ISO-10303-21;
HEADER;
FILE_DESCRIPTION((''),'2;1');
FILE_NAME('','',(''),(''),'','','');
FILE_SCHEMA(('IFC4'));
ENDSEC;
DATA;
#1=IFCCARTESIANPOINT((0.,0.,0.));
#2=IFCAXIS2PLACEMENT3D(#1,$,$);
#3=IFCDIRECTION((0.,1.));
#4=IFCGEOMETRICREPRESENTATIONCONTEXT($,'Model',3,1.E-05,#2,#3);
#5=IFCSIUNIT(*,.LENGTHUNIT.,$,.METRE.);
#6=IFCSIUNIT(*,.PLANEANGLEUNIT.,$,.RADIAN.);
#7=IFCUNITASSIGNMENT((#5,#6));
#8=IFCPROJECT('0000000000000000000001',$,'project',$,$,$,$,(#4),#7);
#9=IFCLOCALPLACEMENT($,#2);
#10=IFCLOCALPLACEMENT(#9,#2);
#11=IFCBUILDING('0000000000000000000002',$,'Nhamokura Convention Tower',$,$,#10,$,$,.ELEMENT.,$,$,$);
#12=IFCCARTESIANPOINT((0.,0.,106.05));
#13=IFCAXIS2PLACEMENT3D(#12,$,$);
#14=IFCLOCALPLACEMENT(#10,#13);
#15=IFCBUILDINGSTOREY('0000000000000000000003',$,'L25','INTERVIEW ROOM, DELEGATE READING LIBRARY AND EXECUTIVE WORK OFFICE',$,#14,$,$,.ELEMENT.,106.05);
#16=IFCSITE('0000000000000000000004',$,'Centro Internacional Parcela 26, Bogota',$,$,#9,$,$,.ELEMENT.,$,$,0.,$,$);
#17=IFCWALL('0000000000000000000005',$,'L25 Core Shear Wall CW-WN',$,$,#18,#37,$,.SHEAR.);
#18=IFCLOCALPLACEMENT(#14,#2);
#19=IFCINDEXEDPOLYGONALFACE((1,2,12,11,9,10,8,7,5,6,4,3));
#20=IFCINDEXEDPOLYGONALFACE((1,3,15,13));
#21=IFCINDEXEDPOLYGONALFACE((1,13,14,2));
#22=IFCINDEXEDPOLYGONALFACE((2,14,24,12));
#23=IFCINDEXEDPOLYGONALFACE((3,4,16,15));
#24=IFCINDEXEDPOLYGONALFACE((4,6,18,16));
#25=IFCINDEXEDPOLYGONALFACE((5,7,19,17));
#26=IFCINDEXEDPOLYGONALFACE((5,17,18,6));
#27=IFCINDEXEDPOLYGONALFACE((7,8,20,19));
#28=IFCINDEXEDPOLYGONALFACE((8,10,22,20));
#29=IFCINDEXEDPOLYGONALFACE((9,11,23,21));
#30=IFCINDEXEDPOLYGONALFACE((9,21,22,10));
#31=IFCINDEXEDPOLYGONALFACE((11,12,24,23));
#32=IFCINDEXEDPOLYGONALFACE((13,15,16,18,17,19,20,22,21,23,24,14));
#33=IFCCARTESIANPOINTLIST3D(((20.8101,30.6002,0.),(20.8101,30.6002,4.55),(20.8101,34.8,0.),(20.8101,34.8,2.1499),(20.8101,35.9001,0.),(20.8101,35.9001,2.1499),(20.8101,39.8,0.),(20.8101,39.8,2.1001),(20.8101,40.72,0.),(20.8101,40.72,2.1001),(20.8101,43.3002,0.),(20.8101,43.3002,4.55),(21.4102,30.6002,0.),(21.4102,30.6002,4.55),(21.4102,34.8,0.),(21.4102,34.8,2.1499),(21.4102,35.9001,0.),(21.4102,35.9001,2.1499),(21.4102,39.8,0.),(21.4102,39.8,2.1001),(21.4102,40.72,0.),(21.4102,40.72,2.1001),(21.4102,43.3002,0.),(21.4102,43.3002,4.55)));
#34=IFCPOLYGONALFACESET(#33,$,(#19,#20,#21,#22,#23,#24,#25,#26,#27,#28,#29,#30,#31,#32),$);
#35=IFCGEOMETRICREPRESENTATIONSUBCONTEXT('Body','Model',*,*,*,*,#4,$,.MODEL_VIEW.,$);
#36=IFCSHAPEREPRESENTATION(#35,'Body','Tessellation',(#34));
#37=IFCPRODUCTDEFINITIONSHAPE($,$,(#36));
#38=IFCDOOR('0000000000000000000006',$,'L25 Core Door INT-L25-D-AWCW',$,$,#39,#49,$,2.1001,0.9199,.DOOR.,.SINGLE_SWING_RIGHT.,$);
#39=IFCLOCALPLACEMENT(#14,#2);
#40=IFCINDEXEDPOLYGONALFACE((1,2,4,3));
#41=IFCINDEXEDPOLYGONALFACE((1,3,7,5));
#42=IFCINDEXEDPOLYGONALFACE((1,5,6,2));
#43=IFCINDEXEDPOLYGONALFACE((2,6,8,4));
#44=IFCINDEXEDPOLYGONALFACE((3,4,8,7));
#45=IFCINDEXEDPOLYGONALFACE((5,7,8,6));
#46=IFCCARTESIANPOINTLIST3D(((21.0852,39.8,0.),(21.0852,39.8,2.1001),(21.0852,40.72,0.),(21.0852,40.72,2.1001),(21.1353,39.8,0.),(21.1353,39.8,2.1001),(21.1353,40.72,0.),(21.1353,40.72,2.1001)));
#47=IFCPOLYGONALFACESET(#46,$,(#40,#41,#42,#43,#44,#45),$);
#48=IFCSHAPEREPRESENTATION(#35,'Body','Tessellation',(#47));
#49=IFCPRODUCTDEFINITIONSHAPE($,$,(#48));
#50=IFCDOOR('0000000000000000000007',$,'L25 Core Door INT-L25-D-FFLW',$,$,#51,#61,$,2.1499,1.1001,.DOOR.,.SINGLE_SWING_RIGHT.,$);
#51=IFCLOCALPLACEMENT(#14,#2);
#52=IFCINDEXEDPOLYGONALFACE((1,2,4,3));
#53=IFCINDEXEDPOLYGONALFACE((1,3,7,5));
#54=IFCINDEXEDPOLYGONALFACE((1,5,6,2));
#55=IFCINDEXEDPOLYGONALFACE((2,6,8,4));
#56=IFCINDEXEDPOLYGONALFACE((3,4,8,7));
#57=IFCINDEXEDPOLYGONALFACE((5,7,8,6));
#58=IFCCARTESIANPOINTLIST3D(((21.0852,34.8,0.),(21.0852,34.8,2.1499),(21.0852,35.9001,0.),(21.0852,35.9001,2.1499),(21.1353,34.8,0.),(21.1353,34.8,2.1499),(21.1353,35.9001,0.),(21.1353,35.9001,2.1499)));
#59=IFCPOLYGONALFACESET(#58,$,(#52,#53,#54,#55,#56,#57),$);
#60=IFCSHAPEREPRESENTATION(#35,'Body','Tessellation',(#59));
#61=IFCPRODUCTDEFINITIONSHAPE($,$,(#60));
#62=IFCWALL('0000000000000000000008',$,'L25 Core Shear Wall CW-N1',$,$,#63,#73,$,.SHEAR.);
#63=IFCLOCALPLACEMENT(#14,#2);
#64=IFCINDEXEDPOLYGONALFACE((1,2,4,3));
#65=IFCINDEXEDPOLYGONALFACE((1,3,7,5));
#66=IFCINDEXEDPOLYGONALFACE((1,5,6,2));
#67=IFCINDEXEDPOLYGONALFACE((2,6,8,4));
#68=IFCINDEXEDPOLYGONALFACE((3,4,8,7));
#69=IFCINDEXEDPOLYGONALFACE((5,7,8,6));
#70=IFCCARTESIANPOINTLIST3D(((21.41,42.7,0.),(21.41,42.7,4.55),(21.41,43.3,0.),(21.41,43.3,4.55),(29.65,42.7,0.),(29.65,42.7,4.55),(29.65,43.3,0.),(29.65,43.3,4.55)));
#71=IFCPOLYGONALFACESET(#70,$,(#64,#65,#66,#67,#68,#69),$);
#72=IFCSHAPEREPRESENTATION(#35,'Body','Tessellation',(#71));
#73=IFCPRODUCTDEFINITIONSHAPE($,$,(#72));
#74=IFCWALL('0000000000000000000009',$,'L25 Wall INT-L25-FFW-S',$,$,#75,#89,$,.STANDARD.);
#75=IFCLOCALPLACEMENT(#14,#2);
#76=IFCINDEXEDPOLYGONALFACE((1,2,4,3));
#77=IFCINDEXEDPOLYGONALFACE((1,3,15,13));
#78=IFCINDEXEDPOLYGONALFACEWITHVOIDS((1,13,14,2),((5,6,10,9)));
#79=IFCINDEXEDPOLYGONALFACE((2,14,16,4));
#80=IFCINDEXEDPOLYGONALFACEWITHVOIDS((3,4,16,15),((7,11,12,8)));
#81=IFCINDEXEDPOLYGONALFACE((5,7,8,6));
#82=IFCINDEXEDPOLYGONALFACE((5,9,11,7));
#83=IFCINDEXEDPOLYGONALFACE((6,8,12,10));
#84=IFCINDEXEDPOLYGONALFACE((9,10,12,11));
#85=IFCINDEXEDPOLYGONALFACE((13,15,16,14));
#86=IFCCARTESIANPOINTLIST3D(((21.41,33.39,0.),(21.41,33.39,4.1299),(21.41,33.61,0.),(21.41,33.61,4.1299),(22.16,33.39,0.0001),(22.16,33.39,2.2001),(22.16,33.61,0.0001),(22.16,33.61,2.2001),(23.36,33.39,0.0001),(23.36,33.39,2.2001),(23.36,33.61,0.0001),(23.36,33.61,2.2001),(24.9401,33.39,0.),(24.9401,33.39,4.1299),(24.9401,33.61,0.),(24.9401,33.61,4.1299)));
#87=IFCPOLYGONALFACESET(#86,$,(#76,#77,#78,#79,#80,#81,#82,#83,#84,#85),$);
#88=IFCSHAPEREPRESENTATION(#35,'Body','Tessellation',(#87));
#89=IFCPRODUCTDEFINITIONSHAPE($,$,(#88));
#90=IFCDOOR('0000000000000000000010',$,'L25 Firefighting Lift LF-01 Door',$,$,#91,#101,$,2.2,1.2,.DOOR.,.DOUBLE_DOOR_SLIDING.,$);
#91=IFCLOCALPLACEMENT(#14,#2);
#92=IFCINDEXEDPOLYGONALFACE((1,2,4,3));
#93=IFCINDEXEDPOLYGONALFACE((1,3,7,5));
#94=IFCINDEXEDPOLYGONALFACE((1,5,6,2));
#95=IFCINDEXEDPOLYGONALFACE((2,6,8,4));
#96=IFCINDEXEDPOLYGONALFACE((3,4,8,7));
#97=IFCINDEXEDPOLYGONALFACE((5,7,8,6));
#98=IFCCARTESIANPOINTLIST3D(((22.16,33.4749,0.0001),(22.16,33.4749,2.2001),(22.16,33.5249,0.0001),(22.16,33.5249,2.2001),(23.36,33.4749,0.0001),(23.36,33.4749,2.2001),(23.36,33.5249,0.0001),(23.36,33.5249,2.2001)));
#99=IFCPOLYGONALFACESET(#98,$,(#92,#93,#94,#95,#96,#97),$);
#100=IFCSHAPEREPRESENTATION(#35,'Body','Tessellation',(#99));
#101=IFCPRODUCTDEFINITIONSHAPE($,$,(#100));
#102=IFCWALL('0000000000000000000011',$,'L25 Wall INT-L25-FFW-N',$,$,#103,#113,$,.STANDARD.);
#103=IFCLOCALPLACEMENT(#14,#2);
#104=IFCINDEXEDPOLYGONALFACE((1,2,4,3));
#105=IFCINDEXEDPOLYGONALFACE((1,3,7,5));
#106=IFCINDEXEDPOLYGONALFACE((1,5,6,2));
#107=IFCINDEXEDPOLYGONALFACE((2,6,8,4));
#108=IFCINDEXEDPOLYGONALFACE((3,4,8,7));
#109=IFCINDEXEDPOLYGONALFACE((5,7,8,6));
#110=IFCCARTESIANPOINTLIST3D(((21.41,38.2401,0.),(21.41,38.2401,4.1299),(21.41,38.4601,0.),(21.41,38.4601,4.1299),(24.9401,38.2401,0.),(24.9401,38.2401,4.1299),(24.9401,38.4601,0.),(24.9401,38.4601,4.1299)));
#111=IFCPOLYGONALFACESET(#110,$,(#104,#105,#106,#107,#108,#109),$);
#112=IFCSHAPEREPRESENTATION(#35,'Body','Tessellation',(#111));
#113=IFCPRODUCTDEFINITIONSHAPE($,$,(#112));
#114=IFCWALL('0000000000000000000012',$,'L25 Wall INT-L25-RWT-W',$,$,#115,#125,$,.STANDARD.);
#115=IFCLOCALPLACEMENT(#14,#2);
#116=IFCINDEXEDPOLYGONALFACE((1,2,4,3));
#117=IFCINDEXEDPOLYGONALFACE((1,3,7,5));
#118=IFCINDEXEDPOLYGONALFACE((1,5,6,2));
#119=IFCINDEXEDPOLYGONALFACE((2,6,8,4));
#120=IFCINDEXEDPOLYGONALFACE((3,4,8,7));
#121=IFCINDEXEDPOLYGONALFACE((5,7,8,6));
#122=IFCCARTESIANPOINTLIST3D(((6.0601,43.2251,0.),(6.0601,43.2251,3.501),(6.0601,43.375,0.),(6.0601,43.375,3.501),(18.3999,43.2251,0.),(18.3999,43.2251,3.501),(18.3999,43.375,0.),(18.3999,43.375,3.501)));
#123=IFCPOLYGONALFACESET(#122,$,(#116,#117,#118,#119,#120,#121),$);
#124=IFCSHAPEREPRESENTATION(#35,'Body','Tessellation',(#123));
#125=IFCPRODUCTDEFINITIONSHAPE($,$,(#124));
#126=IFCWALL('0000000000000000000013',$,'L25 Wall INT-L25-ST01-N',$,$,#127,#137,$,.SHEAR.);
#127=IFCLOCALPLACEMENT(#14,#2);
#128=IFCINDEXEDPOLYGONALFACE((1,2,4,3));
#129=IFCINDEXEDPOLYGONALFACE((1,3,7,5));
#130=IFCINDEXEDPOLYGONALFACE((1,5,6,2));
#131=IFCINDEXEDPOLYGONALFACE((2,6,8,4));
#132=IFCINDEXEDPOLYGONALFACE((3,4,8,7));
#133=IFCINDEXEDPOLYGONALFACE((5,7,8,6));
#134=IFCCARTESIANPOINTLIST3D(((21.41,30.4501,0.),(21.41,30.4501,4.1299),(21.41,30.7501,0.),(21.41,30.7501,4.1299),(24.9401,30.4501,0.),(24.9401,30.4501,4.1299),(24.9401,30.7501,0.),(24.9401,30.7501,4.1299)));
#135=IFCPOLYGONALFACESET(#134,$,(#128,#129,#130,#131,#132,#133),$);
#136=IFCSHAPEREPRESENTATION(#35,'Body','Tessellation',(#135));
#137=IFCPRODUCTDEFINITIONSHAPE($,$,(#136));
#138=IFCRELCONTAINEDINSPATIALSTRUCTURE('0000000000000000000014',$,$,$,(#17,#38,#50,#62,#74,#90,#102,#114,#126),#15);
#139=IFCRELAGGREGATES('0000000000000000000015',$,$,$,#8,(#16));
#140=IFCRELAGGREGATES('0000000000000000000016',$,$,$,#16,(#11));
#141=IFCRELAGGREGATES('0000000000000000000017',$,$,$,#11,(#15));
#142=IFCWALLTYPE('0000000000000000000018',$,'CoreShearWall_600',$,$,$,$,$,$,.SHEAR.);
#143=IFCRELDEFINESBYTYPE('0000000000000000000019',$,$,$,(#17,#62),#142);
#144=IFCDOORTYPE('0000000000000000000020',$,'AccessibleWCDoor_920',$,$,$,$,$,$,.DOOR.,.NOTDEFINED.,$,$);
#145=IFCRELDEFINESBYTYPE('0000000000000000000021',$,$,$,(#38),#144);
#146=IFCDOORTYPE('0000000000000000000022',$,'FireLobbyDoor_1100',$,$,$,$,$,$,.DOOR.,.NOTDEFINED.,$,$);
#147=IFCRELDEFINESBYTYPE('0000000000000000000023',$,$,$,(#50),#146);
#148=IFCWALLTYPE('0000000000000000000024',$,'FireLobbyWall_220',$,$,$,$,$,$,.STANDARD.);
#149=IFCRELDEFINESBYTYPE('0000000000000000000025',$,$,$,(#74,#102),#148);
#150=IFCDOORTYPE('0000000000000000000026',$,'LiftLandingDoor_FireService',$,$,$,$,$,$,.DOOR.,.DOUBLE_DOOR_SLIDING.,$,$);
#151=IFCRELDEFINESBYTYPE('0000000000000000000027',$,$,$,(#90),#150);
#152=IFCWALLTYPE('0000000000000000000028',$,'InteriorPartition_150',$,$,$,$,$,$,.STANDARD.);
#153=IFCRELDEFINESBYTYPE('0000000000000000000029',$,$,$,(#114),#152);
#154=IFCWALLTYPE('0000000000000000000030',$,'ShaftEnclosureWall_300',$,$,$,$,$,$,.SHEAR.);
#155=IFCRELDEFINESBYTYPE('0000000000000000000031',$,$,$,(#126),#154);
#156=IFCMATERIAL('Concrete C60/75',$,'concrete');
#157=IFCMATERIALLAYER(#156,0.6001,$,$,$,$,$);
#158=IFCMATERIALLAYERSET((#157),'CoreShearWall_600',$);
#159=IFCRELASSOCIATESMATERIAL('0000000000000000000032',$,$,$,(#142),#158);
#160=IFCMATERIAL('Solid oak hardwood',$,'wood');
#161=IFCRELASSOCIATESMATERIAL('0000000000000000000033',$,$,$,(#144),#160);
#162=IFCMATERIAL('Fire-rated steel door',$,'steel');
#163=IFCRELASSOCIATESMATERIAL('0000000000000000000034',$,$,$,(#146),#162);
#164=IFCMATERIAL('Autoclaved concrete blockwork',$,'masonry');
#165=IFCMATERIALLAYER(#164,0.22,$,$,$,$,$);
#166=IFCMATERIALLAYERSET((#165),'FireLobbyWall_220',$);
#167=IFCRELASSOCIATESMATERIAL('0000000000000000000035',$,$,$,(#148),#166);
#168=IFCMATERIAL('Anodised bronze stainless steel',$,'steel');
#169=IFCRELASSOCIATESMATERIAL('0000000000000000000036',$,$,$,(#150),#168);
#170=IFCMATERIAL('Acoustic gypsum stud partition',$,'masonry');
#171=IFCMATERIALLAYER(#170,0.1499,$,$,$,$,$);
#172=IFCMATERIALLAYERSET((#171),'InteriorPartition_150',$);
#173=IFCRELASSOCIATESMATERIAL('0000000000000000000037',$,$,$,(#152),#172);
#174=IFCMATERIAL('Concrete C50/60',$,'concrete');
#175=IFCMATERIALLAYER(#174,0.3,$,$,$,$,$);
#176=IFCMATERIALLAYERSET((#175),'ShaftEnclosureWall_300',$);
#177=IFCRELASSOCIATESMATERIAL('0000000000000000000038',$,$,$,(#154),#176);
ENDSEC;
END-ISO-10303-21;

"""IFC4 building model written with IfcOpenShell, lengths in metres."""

from ifc_helpers import new_model, si_unit, direction, frame, frame_2d, origin, place, context, subcontext, project, spatial, rectangle, extrude, material, layer, layer_set, type_object, element, fill, save


model = new_model("IFC4")

# Units and contexts
model_context = context("Model", 3, precision=1e-05, world=origin(), true_north=direction((0.0, 1.0)))
body_context = subcontext(model_context, "Body", "Model", "MODEL_VIEW")
ifc_project = project(units=[si_unit("LENGTHUNIT", "METRE"), si_unit("PLANEANGLEUNIT", "RADIAN")], contexts=[model_context])

# Site, building, storey
site_placement = place(None, origin())
site = spatial("IfcSite", under=ifc_project, at=site_placement, Name="Centro Internacional Parcela 26, Bogota", CompositionType="ELEMENT", RefElevation=0.0)
building_placement = place(site_placement, origin())
building = spatial("IfcBuilding", under=site, at=building_placement, Name="Nhamokura Convention Tower", CompositionType="ELEMENT")
storey_placement = place(building_placement, frame((0.0, 0.0, 106.05)))
storey = spatial("IfcBuildingStorey", under=building, at=storey_placement, Name="L25", Description="INTERVIEW ROOM, DELEGATE READING LIBRARY AND EXECUTIVE WORK OFFICE", CompositionType="ELEMENT", Elevation=106.05)

# Wall, openings, doors
ifc_material_1 = material(Name="Concrete C60/75", Category="concrete")
ifc_layer_1 = layer(ifc_material_1, 0.6001)
ifc_layer_set_1 = layer_set([ifc_layer_1], Name="CoreShearWall_600")
wall_type_1 = type_object("IfcWallType", Name="CoreShearWall_600", PredefinedType="SHEAR", material=ifc_layer_set_1)
wall_1_placement = place(storey_placement, frame((21.1101, 30.6001, 0.0), z_axis=(0.0, 0.0, 1.0), x_axis=(0.0, 1.0, 0.0)))
wall_1 = element("IfcWall", 1, at=wall_1_placement, inside=storey, type_object=wall_type_1, Name="L25 Core Shear Wall CW-WN", PredefinedType="SHEAR", context=body_context, shape_type="SweptSolid", body=[
    extrude(rectangle(XDim=12.7, YDim=0.6001, at=frame_2d((6.3501, 0.0))), origin(), (0.0, 0.0, 1.0), 4.55),
])
opening_1_placement = place(wall_1_placement, frame((4.2, 0.0, 0.0)))
opening_1 = element("IfcOpeningElement", 2, at=opening_1_placement, cuts=wall_1, PredefinedType="OPENING", context=body_context, shape_type="SweptSolid", body=[
    extrude(rectangle(XDim=1.1001, YDim=2.1499, at=frame_2d((0.55, 1.075))), frame((0.0, 0.3101, 0.0), z_axis=(0.0, -1.0, 0.0), x_axis=(1.0, 0.0, 0.0)), (0.0, 0.0, 1.0), 0.6201),
])
opening_2_placement = place(wall_1_placement, frame((9.2, 0.0, 0.0)))
opening_2 = element("IfcOpeningElement", 3, at=opening_2_placement, cuts=wall_1, PredefinedType="OPENING", context=body_context, shape_type="SweptSolid", body=[
    extrude(rectangle(XDim=0.9199, YDim=2.1001, at=frame_2d((0.46, 1.05))), frame((0.0, 0.3101, 0.0), z_axis=(0.0, -1.0, 0.0), x_axis=(1.0, 0.0, 0.0)), (0.0, 0.0, 1.0), 0.6201),
])
ifc_material_2 = material(Name="Solid oak hardwood", Category="wood")
door_type_1 = type_object("IfcDoorType", Name="AccessibleWCDoor_920", OperationType="NOTDEFINED", PredefinedType="DOOR", material=ifc_material_2)
door_1_placement = place(opening_2_placement, origin())
door_1 = element("IfcDoor", 4, at=door_1_placement, inside=storey, type_object=door_type_1, Name="L25 Core Door INT-L25-D-AWCW", OperationType="SINGLE_SWING_RIGHT", OverallHeight=2.1001, OverallWidth=0.9199, PredefinedType="DOOR", context=body_context, shape_type="SweptSolid", body=[
    extrude(rectangle(XDim=0.9199, YDim=2.1001, at=frame_2d((0.46, 1.05))), frame((0.0, 0.0249, 0.0), z_axis=(0.0, -1.0, 0.0), x_axis=(1.0, 0.0, 0.0)), (0.0, 0.0, 1.0), 0.05),
])
fill(opening_2, door_1)
ifc_material_3 = material(Name="Fire-rated steel door", Category="steel")
door_type_2 = type_object("IfcDoorType", Name="FireLobbyDoor_1100", OperationType="NOTDEFINED", PredefinedType="DOOR", material=ifc_material_3)
door_2_placement = place(opening_1_placement, origin())
door_2 = element("IfcDoor", 5, at=door_2_placement, inside=storey, type_object=door_type_2, Name="L25 Core Door INT-L25-D-FFLW", OperationType="SINGLE_SWING_RIGHT", OverallHeight=2.1499, OverallWidth=1.1001, PredefinedType="DOOR", context=body_context, shape_type="SweptSolid", body=[
    extrude(rectangle(XDim=1.1001, YDim=2.1499, at=frame_2d((0.55, 1.075))), frame((0.0, 0.0249, 0.0), z_axis=(0.0, -1.0, 0.0), x_axis=(1.0, 0.0, 0.0)), (0.0, 0.0, 1.0), 0.05),
])
fill(opening_1, door_2)

# Wall
wall_2_placement = place(storey_placement, frame((21.4099, 43.0, 0.0), z_axis=(0.0, 0.0, 1.0), x_axis=(1.0, 0.0, 0.0)))
element("IfcWall", 6, at=wall_2_placement, inside=storey, type_object=wall_type_1, Name="L25 Core Shear Wall CW-N1", PredefinedType="SHEAR", context=body_context, shape_type="SweptSolid", body=[
    extrude(rectangle(XDim=8.24, YDim=0.6001, at=frame_2d((4.1201, 0.0))), origin(), (0.0, 0.0, 1.0), 4.55),
])

# Wall, opening, door
ifc_material_4 = material(Name="Autoclaved concrete blockwork", Category="masonry")
ifc_layer_2 = layer(ifc_material_4, 0.22)
ifc_layer_set_2 = layer_set([ifc_layer_2], Name="FireLobbyWall_220")
wall_type_2 = type_object("IfcWallType", Name="FireLobbyWall_220", PredefinedType="STANDARD", material=ifc_layer_set_2)
wall_3_placement = place(storey_placement, frame((21.4099, 33.5, 0.0), z_axis=(0.0, 0.0, 1.0), x_axis=(1.0, 0.0, 0.0)))
wall_3 = element("IfcWall", 7, at=wall_3_placement, inside=storey, type_object=wall_type_2, Name="L25 Wall INT-L25-FFW-S", PredefinedType="STANDARD", context=body_context, shape_type="SweptSolid", body=[
    extrude(rectangle(XDim=3.53, YDim=0.22, at=frame_2d((1.7651, 0.0))), origin(), (0.0, 0.0, 1.0), 4.1299),
])
opening_3_placement = place(wall_3_placement, frame((0.75, 0.0, 0.0)))
opening_3 = element("IfcOpeningElement", 8, at=opening_3_placement, cuts=wall_3, PredefinedType="OPENING", context=body_context, shape_type="SweptSolid", body=[
    extrude(rectangle(XDim=1.2, YDim=2.2, at=frame_2d((0.6001, 1.1001))), frame((0.0, 0.1199, 0.0), z_axis=(0.0, -1.0, 0.0), x_axis=(1.0, 0.0, 0.0)), (0.0, 0.0, 1.0), 0.24),
])
ifc_material_5 = material(Name="Anodised bronze stainless steel", Category="steel")
door_type_3 = type_object("IfcDoorType", Name="LiftLandingDoor_FireService", OperationType="DOUBLE_DOOR_SLIDING", PredefinedType="DOOR", material=ifc_material_5)
door_3_placement = place(opening_3_placement, origin())
door_3 = element("IfcDoor", 9, at=door_3_placement, inside=storey, type_object=door_type_3, Name="L25 Firefighting Lift LF-01 Door", OperationType="DOUBLE_DOOR_SLIDING", OverallHeight=2.2, OverallWidth=1.2, PredefinedType="DOOR", context=body_context, shape_type="SweptSolid", body=[
    extrude(rectangle(XDim=1.2, YDim=2.2, at=frame_2d((0.6001, 1.1001))), frame((0.0, 0.0249, 0.0), z_axis=(0.0, -1.0, 0.0), x_axis=(1.0, 0.0, 0.0)), (0.0, 0.0, 1.0), 0.05),
])
fill(opening_3, door_3)

# Walls
wall_4_placement = place(storey_placement, frame((21.4099, 38.3501, 0.0), z_axis=(0.0, 0.0, 1.0), x_axis=(1.0, 0.0, 0.0)))
element("IfcWall", 10, at=wall_4_placement, inside=storey, type_object=wall_type_2, Name="L25 Wall INT-L25-FFW-N", PredefinedType="STANDARD", context=body_context, shape_type="SweptSolid", body=[
    extrude(rectangle(XDim=3.53, YDim=0.22, at=frame_2d((1.7651, 0.0))), origin(), (0.0, 0.0, 1.0), 4.1299),
])
ifc_material_6 = material(Name="Acoustic gypsum stud partition", Category="masonry")
ifc_layer_3 = layer(ifc_material_6, 0.1499)
ifc_layer_set_3 = layer_set([ifc_layer_3], Name="InteriorPartition_150")
wall_type_3 = type_object("IfcWallType", Name="InteriorPartition_150", PredefinedType="STANDARD", material=ifc_layer_set_3)
wall_5_placement = place(storey_placement, frame((6.0601, 43.3, 0.0), z_axis=(0.0, 0.0, 1.0), x_axis=(1.0, 0.0, 0.0)))
element("IfcWall", 11, at=wall_5_placement, inside=storey, type_object=wall_type_3, Name="L25 Wall INT-L25-RWT-W", PredefinedType="STANDARD", context=body_context, shape_type="SweptSolid", body=[
    extrude(rectangle(XDim=12.3398, YDim=0.1499, at=frame_2d((6.1699, 0.0))), origin(), (0.0, 0.0, 1.0), 3.501),
])
ifc_material_7 = material(Name="Concrete C50/60", Category="concrete")
ifc_layer_4 = layer(ifc_material_7, 0.3)
ifc_layer_set_4 = layer_set([ifc_layer_4], Name="ShaftEnclosureWall_300")
wall_type_4 = type_object("IfcWallType", Name="ShaftEnclosureWall_300", PredefinedType="SHEAR", material=ifc_layer_set_4)
wall_6_placement = place(storey_placement, frame((21.4099, 30.6001, 0.0), z_axis=(0.0, 0.0, 1.0), x_axis=(1.0, 0.0, 0.0)))
element("IfcWall", 12, at=wall_6_placement, inside=storey, type_object=wall_type_4, Name="L25 Wall INT-L25-ST01-N", PredefinedType="SHEAR", context=body_context, shape_type="SweptSolid", body=[
    extrude(rectangle(XDim=3.53, YDim=0.3, at=frame_2d((1.7651, 0.0))), origin(), (0.0, 0.0, 1.0), 4.1299),
])

save(model, "model.ifc")
